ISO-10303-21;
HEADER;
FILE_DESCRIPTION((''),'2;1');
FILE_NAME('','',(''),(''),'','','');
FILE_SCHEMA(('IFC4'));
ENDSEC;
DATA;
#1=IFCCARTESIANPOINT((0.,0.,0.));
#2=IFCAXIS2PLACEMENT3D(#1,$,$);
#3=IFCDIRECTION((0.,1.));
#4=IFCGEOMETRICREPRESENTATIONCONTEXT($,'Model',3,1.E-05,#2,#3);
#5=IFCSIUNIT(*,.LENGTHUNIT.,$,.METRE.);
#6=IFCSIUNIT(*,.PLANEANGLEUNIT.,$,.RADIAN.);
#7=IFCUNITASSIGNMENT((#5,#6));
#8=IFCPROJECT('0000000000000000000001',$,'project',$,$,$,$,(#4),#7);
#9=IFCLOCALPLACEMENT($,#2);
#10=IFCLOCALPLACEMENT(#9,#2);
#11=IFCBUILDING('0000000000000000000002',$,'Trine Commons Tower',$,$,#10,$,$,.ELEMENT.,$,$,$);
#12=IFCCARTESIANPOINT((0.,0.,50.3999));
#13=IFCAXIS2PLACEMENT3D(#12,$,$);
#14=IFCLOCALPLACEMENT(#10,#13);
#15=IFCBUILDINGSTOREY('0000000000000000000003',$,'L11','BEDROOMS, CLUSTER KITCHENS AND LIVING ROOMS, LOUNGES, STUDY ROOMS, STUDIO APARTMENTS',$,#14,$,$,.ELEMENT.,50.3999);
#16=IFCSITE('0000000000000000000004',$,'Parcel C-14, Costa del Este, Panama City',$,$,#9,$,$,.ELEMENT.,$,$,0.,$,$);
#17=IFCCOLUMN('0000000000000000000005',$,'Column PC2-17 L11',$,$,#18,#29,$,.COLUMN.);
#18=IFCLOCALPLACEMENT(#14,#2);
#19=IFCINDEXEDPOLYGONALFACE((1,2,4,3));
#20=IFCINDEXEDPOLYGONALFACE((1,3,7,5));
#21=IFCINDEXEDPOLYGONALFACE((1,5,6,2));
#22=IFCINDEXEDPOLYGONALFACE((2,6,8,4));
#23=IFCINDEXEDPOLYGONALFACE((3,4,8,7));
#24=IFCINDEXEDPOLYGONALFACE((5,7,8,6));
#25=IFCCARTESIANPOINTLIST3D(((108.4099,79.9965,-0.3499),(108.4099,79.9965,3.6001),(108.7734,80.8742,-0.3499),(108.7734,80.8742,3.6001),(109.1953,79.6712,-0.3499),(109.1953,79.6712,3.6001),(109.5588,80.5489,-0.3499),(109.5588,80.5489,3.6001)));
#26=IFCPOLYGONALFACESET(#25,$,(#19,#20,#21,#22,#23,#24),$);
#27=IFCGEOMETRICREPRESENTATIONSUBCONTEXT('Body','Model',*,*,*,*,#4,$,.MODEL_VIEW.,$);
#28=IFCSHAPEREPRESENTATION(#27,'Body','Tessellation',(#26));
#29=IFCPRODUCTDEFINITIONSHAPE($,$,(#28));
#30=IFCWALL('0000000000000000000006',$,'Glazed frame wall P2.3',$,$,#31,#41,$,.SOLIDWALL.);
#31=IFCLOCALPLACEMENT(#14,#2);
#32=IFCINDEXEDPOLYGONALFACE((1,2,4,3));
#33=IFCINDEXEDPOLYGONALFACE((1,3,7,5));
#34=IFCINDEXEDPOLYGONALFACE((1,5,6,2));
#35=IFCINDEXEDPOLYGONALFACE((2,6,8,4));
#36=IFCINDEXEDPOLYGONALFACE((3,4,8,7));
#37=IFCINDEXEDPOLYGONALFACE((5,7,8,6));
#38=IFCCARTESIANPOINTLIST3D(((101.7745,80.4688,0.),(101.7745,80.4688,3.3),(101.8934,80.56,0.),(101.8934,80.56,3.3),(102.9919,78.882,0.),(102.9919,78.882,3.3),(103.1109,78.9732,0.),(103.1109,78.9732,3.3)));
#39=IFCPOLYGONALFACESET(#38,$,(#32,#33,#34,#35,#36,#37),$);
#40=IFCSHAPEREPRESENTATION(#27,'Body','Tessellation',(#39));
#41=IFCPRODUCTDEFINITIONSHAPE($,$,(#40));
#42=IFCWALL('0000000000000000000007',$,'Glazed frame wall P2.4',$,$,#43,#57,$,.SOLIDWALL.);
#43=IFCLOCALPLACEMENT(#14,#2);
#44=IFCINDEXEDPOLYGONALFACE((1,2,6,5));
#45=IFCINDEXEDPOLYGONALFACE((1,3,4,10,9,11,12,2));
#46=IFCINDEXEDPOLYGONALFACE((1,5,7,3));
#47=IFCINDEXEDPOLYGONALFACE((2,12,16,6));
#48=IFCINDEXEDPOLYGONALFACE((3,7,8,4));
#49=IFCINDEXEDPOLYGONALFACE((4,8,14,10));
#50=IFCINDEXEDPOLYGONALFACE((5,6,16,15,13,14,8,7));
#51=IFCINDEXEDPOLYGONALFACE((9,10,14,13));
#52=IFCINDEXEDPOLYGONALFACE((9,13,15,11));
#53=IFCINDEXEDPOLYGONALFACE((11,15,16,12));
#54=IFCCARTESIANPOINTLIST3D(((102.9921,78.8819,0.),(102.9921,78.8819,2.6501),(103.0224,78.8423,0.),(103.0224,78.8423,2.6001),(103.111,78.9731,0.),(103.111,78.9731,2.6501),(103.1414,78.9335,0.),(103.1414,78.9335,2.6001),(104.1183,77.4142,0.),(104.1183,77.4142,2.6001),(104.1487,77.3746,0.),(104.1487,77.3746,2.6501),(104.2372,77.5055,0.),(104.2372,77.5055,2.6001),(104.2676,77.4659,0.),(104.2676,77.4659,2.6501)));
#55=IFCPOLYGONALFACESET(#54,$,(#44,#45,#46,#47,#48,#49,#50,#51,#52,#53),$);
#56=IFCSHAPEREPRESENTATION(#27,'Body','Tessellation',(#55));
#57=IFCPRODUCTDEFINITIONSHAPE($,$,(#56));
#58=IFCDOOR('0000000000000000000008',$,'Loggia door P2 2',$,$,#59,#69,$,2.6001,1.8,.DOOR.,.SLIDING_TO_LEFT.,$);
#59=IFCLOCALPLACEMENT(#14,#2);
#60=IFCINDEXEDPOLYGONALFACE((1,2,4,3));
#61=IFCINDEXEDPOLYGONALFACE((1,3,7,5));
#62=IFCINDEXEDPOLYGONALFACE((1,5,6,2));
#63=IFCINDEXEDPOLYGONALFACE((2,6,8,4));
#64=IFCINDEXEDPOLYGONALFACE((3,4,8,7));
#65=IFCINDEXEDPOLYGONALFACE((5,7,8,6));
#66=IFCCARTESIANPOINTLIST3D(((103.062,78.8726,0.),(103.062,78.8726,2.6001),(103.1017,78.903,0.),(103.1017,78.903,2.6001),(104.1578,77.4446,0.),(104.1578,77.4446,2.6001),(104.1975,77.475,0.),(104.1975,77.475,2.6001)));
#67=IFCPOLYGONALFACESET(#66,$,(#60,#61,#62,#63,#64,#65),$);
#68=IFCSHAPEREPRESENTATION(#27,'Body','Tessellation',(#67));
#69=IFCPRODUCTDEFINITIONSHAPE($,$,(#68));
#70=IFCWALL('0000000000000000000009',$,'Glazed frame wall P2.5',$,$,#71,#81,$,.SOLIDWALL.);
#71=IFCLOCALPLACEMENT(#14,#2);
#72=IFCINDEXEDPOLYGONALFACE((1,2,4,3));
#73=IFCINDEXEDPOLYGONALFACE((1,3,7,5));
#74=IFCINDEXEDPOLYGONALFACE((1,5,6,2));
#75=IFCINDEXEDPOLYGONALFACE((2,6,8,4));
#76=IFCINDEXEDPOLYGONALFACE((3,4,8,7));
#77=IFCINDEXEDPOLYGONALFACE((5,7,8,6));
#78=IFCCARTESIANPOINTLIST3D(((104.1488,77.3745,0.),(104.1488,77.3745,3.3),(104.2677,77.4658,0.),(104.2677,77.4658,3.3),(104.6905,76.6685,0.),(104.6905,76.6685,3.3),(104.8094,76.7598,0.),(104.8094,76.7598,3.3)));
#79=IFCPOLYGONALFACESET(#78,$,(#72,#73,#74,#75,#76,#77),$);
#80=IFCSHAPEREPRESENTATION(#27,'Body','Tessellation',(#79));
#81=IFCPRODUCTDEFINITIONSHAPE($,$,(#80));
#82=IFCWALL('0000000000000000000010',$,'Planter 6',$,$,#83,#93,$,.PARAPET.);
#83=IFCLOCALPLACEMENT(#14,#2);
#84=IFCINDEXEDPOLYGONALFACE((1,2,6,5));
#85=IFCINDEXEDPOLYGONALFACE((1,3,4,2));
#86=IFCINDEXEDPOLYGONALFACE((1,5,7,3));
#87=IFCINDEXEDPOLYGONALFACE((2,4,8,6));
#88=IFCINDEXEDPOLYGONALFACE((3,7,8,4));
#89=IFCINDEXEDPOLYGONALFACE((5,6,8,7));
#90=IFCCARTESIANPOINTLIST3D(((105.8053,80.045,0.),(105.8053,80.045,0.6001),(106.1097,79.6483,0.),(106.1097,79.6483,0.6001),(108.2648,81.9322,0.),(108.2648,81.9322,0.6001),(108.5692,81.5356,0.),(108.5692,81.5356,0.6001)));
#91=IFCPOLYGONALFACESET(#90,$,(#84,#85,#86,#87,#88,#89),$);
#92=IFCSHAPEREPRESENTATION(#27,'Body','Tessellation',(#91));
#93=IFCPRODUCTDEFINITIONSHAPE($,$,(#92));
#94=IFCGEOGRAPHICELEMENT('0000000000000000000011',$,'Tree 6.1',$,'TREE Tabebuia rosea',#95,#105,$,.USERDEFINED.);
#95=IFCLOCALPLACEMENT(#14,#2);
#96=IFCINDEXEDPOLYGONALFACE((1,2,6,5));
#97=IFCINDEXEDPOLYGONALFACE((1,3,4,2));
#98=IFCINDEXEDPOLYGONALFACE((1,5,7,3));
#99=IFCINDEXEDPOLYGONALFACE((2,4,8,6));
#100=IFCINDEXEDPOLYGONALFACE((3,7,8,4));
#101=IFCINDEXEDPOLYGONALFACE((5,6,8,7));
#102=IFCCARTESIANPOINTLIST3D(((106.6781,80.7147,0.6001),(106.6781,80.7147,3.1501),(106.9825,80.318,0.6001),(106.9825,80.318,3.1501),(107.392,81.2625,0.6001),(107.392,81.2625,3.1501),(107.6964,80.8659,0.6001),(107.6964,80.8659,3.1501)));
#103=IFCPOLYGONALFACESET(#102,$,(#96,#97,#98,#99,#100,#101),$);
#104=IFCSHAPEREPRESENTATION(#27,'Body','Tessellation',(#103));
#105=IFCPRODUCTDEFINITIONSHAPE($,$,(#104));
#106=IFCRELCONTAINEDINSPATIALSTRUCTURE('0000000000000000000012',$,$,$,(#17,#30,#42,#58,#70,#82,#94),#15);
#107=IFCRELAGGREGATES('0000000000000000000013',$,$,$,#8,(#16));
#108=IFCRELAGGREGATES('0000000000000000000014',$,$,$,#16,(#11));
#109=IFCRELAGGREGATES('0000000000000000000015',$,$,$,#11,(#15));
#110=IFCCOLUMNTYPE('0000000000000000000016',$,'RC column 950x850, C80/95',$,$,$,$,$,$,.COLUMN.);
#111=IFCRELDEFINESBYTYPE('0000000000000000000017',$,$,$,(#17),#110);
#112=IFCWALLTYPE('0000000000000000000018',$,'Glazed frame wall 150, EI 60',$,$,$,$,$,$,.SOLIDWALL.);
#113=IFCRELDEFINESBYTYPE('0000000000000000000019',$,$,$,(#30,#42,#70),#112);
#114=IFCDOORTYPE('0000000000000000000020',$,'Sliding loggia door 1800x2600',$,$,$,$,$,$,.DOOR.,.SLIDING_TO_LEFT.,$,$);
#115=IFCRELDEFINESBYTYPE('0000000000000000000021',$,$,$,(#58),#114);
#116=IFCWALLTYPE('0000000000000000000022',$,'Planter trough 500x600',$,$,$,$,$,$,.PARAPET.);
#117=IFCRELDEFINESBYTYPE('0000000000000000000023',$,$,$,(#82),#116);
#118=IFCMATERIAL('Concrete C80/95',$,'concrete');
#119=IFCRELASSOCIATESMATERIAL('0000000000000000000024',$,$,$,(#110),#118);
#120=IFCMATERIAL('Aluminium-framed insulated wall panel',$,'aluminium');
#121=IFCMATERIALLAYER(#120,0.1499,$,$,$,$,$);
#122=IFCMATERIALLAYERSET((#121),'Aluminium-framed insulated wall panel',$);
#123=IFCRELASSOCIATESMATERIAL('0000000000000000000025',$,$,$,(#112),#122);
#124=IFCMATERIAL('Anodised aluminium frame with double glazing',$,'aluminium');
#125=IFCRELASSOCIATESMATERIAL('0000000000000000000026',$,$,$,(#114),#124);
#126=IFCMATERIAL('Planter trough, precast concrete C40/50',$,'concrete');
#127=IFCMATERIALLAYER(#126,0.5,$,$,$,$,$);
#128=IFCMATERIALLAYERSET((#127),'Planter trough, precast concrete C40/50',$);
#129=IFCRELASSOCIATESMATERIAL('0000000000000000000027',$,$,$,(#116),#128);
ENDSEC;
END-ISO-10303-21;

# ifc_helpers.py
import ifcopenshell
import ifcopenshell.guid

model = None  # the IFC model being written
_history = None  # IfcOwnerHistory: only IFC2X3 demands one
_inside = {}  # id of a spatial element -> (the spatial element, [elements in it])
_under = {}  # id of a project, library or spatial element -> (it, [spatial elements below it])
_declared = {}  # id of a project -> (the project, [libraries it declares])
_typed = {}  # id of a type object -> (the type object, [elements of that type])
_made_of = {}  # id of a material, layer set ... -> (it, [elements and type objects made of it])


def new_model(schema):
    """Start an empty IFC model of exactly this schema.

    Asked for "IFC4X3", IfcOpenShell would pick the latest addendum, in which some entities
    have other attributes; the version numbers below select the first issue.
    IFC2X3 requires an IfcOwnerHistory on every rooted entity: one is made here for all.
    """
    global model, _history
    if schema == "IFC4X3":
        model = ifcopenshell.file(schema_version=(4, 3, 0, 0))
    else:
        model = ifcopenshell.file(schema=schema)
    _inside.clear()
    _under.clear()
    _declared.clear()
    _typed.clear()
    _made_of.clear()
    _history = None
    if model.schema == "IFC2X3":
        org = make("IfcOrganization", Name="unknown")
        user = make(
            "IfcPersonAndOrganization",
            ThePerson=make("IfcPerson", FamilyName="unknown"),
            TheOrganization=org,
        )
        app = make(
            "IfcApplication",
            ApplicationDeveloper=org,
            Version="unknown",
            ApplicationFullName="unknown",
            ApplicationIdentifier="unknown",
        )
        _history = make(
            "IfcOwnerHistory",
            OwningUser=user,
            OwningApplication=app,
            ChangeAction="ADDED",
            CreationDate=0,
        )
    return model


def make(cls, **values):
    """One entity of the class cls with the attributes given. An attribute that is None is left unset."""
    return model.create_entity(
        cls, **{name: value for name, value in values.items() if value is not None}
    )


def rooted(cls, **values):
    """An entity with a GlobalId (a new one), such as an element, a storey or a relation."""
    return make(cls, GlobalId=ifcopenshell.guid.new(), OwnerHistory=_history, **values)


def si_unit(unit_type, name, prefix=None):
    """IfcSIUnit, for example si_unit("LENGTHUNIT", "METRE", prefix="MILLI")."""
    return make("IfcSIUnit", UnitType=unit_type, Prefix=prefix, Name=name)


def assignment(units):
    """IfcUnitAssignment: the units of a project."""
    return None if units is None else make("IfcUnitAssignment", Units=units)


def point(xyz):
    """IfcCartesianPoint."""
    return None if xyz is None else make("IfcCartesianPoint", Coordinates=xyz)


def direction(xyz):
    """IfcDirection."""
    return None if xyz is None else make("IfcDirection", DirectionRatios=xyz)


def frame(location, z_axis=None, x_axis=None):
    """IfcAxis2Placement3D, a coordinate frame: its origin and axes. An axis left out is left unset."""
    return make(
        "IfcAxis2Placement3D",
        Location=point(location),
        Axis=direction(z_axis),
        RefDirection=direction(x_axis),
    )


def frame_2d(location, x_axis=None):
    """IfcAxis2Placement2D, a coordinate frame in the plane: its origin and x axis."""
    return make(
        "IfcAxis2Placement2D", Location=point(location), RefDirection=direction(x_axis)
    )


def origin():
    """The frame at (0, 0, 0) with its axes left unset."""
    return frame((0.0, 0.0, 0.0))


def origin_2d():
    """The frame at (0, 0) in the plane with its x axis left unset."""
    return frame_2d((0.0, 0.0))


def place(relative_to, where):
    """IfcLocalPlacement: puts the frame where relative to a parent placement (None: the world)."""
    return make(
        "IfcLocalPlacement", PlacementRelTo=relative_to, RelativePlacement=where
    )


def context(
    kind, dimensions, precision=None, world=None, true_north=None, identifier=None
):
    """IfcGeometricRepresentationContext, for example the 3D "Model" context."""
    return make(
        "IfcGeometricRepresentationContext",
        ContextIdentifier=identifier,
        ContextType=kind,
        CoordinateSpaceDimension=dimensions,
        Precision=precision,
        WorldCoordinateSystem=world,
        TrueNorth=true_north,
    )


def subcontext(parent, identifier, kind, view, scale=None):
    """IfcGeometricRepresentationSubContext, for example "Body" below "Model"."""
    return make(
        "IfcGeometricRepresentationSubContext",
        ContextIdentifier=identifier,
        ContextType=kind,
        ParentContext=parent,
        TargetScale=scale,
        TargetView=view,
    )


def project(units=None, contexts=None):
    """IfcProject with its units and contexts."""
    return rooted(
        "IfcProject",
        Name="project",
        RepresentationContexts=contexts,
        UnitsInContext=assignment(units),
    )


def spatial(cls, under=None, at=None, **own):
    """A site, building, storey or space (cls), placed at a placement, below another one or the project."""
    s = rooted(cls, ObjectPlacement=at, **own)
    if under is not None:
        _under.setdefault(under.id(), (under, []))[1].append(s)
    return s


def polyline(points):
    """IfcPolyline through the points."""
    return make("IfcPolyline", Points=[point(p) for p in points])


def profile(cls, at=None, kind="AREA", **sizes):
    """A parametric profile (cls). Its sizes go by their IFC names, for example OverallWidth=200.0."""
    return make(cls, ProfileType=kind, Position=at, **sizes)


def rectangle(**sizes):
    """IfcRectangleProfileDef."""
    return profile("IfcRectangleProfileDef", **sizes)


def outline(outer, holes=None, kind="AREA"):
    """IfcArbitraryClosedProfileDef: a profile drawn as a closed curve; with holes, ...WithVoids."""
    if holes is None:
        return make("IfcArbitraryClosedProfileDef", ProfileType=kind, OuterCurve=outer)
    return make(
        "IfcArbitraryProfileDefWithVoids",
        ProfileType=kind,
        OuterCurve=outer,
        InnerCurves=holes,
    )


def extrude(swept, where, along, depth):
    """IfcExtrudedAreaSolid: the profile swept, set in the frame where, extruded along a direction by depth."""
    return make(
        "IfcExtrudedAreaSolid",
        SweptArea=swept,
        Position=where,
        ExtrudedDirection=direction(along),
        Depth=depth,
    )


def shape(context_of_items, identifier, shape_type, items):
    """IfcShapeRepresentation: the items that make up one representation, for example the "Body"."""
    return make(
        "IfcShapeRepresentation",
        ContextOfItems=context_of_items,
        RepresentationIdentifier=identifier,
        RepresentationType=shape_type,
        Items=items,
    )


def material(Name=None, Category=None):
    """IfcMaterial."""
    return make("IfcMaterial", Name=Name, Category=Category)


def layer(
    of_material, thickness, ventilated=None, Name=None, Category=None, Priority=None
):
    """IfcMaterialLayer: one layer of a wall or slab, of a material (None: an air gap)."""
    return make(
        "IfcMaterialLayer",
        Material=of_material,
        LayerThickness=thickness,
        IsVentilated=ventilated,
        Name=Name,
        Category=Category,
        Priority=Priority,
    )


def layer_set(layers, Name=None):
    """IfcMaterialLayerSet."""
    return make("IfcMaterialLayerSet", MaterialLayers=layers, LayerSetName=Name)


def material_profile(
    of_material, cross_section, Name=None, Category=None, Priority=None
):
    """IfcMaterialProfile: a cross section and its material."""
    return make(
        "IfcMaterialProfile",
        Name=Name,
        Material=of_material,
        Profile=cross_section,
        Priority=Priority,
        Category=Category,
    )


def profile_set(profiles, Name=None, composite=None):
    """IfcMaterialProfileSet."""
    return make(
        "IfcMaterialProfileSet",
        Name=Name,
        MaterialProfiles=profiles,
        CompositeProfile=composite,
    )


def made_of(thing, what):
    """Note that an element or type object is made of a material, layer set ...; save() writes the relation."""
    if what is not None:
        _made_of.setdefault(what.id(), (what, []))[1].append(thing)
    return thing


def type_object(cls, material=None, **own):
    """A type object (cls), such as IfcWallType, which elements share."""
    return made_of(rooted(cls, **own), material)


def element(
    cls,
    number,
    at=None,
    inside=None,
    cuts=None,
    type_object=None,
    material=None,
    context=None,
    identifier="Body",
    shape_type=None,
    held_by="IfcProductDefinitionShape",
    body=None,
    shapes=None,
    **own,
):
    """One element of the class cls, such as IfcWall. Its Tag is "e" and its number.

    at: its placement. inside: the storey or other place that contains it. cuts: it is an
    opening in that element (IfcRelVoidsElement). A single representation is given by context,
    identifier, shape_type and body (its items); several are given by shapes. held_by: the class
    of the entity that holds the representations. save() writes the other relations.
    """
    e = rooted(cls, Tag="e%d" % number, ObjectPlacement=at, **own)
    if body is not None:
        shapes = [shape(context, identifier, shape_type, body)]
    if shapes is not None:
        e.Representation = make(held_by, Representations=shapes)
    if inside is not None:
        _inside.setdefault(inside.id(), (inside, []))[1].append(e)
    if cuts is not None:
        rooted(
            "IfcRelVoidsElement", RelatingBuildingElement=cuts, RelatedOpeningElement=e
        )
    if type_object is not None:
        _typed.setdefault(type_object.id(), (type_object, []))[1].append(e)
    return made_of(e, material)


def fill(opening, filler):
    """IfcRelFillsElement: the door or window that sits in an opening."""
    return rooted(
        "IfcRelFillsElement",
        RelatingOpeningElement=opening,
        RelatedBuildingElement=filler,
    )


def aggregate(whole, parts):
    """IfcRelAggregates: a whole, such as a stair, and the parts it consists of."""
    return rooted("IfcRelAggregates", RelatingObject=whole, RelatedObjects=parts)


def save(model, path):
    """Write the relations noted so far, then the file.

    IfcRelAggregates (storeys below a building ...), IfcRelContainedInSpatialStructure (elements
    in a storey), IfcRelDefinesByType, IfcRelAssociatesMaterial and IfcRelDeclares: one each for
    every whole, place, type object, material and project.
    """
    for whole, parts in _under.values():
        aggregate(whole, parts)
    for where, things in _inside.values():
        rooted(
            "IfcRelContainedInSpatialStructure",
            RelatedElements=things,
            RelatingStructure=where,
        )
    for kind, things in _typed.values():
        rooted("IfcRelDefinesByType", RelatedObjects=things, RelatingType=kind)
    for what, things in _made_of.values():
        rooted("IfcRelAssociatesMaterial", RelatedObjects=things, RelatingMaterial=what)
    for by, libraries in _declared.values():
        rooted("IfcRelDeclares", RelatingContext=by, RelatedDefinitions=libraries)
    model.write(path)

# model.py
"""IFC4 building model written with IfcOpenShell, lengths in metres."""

from ifc_helpers import new_model, si_unit, direction, frame, frame_2d, origin, origin_2d, place, context, subcontext, project, spatial, polyline, rectangle, outline, extrude, material, layer, layer_set, material_profile, profile_set, type_object, element, fill, save


model = new_model("IFC4")

# Units and contexts
model_context = context("Model", 3, precision=1e-05, world=origin(), true_north=direction((0.0, 1.0)))
body_context = subcontext(model_context, "Body", "Model", "MODEL_VIEW")
ifc_project = project(units=[si_unit("LENGTHUNIT", "METRE"), si_unit("PLANEANGLEUNIT", "RADIAN")], contexts=[model_context])

# Site, building, storey
site_placement = place(None, origin())
site = spatial("IfcSite", under=ifc_project, at=site_placement, Name="Parcel C-14, Costa del Este, Panama City", CompositionType="ELEMENT", RefElevation=0.0)
building_placement = place(site_placement, origin())
building = spatial("IfcBuilding", under=site, at=building_placement, Name="Trine Commons Tower", CompositionType="ELEMENT")
storey_placement = place(building_placement, frame((0.0, 0.0, 50.3999)))
storey = spatial("IfcBuildingStorey", under=building, at=storey_placement, Name="L11", Description="BEDROOMS, CLUSTER KITCHENS AND LIVING ROOMS, LOUNGES, STUDY ROOMS, STUDIO APARTMENTS", CompositionType="ELEMENT", Elevation=50.3999)

# Column
ifc_material_1 = material(Name="Concrete C80/95", Category="concrete")
ifc_material_profile = material_profile(ifc_material_1, rectangle(XDim=0.95, YDim=0.8501, at=origin_2d()), Name="RC 950x850")
ifc_profile_set = profile_set([ifc_material_profile], Name="Concrete C80/95")
column_type = type_object("IfcColumnType", Name="RC column 950x850, C80/95", PredefinedType="COLUMN", material=ifc_profile_set)
column_placement = place(storey_placement, frame((108.9844, 80.2727, -0.3499), z_axis=(0.0, 0.0, 1.0), x_axis=(0.382683, 0.92388, 0.0)))
element("IfcColumn", 1, at=column_placement, inside=storey, type_object=column_type, Name="Column PC2-17 L11", PredefinedType="COLUMN", context=body_context, shape_type="SweptSolid", body=[
    extrude(rectangle(XDim=0.95, YDim=0.8501, at=origin_2d()), origin(), (0.0, 0.0, 1.0), 3.95),
])

# Wall
ifc_material_2 = material(Name="Aluminium-framed insulated wall panel", Category="aluminium")
ifc_layer_1 = layer(ifc_material_2, 0.1499)
ifc_layer_set_1 = layer_set([ifc_layer_1], Name="Aluminium-framed insulated wall panel")
wall_type_1 = type_object("IfcWallType", Name="Glazed frame wall 150, EI 60", PredefinedType="SOLIDWALL", material=ifc_layer_set_1)
wall_1_placement = place(storey_placement, frame((101.834, 80.5144, 0.0), z_axis=(0.0, 0.0, 1.0), x_axis=(0.608713, -0.79339, 0.0)))
element("IfcWall", 2, at=wall_1_placement, inside=storey, type_object=wall_type_1, Name="Glazed frame wall P2.3", PredefinedType="SOLIDWALL", context=body_context, shape_type="SweptSolid", body=[
    extrude(outline(polyline([(0.0, -0.075), (2.0, -0.075), (2.0, 0.075), (0.0, 0.075), (0.0, -0.075)])), origin(), (0.0, 0.0, 1.0), 3.3),
])

# Wall, opening, door
wall_2_placement = place(storey_placement, frame((103.0515, 78.9275, 0.0), z_axis=(0.0, 0.0, 1.0), x_axis=(0.608804, -0.793321, 0.0)))
wall_2 = element("IfcWall", 3, at=wall_2_placement, inside=storey, type_object=wall_type_1, Name="Glazed frame wall P2.4", PredefinedType="SOLIDWALL", context=body_context, shape_type="SweptSolid", body=[
    extrude(outline(polyline([(0.0, -0.075), (1.8999, -0.075), (1.8999, 0.075), (0.0, 0.075), (0.0, -0.075)])), origin(), (0.0, 0.0, 1.0), 2.6501),
])
opening_1_placement = place(wall_2_placement, frame((0.05, 0.0, 0.0)))
opening_1 = element("IfcOpeningElement", 4, at=opening_1_placement, cuts=wall_2, PredefinedType="OPENING", context=body_context, shape_type="SweptSolid", body=[
    extrude(rectangle(XDim=1.8, YDim=2.6001, at=frame_2d((0.8999, 1.3))), frame((0.0, 0.085, 0.0), z_axis=(0.0, -1.0, 0.0), x_axis=(1.0, 0.0, 0.0)), (0.0, 0.0, 1.0), 0.1699),
])
ifc_material_3 = material(Name="Anodised aluminium frame with double glazing", Category="aluminium")
door_type = type_object("IfcDoorType", Name="Sliding loggia door 1800x2600", OperationType="SLIDING_TO_LEFT", PredefinedType="DOOR", material=ifc_material_3)
door_1_placement = place(opening_1_placement, origin())
door_1 = element("IfcDoor", 5, at=door_1_placement, inside=storey, type_object=door_type, Name="Loggia door P2 2", OperationType="SLIDING_TO_LEFT", OverallHeight=2.6001, OverallWidth=1.8, PredefinedType="DOOR", context=body_context, shape_type="SweptSolid", body=[
    extrude(rectangle(XDim=1.8, YDim=2.6001, at=frame_2d((0.8999, 1.3))), frame((0.0, 0.0249, 0.0), z_axis=(0.0, -1.0, 0.0), x_axis=(1.0, 0.0, 0.0)), (0.0, 0.0, 1.0), 0.05),
])
fill(opening_1, door_1)

# Wall
wall_3_placement = place(storey_placement, frame((104.2083, 77.4202, 0.0), z_axis=(0.0, 0.0, 1.0), x_axis=(0.608754, -0.793359, 0.0)))
element("IfcWall", 6, at=wall_3_placement, inside=storey, type_object=wall_type_1, Name="Glazed frame wall P2.5", PredefinedType="SOLIDWALL", context=body_context, shape_type="SweptSolid", body=[
    extrude(outline(polyline([(0.8899, 0.075), (0.0, 0.075), (0.0, -0.075), (0.8899, -0.075), (0.8899, 0.075)])), origin(), (0.0, 0.0, 1.0), 3.3),
])

# Wall
ifc_material_4 = material(Name="Planter trough, precast concrete C40/50", Category="concrete")
ifc_layer_2 = layer(ifc_material_4, 0.5)
ifc_layer_set_2 = layer_set([ifc_layer_2], Name="Planter trough, precast concrete C40/50")
wall_type_2 = type_object("IfcWallType", Name="Planter trough 500x600", PredefinedType="PARAPET", material=ifc_layer_set_2)
wall_4_placement = place(storey_placement, frame((105.9575, 79.8467, 0.0), z_axis=(0.0, 0.0, 1.0), x_axis=(0.793355, 0.608759, 0.0)))
element("IfcWall", 7, at=wall_4_placement, inside=storey, type_object=wall_type_2, Name="Planter 6", PredefinedType="PARAPET", context=body_context, shape_type="SweptSolid", body=[
    extrude(rectangle(XDim=3.1001, YDim=0.5, at=frame_2d((1.55, 0.0))), origin(), (0.0, 0.0, 1.0), 0.6001),
])

# Geographic element
geographic_element_placement = place(storey_placement, frame((107.1873, 80.7903, 0.6001), z_axis=(0.0, 0.0, 1.0), x_axis=(0.793359, 0.608755, 0.0)))
element("IfcGeographicElement", 8, at=geographic_element_placement, inside=storey, Name="Tree 6.1", ObjectType="TREE Tabebuia rosea", PredefinedType="USERDEFINED", context=body_context, shape_type="SweptSolid", body=[
    extrude(rectangle(XDim=0.8999, YDim=0.5, at=origin_2d()), origin(), (0.0, 0.0, 1.0), 2.55),
])

save(model, "model.ifc")
